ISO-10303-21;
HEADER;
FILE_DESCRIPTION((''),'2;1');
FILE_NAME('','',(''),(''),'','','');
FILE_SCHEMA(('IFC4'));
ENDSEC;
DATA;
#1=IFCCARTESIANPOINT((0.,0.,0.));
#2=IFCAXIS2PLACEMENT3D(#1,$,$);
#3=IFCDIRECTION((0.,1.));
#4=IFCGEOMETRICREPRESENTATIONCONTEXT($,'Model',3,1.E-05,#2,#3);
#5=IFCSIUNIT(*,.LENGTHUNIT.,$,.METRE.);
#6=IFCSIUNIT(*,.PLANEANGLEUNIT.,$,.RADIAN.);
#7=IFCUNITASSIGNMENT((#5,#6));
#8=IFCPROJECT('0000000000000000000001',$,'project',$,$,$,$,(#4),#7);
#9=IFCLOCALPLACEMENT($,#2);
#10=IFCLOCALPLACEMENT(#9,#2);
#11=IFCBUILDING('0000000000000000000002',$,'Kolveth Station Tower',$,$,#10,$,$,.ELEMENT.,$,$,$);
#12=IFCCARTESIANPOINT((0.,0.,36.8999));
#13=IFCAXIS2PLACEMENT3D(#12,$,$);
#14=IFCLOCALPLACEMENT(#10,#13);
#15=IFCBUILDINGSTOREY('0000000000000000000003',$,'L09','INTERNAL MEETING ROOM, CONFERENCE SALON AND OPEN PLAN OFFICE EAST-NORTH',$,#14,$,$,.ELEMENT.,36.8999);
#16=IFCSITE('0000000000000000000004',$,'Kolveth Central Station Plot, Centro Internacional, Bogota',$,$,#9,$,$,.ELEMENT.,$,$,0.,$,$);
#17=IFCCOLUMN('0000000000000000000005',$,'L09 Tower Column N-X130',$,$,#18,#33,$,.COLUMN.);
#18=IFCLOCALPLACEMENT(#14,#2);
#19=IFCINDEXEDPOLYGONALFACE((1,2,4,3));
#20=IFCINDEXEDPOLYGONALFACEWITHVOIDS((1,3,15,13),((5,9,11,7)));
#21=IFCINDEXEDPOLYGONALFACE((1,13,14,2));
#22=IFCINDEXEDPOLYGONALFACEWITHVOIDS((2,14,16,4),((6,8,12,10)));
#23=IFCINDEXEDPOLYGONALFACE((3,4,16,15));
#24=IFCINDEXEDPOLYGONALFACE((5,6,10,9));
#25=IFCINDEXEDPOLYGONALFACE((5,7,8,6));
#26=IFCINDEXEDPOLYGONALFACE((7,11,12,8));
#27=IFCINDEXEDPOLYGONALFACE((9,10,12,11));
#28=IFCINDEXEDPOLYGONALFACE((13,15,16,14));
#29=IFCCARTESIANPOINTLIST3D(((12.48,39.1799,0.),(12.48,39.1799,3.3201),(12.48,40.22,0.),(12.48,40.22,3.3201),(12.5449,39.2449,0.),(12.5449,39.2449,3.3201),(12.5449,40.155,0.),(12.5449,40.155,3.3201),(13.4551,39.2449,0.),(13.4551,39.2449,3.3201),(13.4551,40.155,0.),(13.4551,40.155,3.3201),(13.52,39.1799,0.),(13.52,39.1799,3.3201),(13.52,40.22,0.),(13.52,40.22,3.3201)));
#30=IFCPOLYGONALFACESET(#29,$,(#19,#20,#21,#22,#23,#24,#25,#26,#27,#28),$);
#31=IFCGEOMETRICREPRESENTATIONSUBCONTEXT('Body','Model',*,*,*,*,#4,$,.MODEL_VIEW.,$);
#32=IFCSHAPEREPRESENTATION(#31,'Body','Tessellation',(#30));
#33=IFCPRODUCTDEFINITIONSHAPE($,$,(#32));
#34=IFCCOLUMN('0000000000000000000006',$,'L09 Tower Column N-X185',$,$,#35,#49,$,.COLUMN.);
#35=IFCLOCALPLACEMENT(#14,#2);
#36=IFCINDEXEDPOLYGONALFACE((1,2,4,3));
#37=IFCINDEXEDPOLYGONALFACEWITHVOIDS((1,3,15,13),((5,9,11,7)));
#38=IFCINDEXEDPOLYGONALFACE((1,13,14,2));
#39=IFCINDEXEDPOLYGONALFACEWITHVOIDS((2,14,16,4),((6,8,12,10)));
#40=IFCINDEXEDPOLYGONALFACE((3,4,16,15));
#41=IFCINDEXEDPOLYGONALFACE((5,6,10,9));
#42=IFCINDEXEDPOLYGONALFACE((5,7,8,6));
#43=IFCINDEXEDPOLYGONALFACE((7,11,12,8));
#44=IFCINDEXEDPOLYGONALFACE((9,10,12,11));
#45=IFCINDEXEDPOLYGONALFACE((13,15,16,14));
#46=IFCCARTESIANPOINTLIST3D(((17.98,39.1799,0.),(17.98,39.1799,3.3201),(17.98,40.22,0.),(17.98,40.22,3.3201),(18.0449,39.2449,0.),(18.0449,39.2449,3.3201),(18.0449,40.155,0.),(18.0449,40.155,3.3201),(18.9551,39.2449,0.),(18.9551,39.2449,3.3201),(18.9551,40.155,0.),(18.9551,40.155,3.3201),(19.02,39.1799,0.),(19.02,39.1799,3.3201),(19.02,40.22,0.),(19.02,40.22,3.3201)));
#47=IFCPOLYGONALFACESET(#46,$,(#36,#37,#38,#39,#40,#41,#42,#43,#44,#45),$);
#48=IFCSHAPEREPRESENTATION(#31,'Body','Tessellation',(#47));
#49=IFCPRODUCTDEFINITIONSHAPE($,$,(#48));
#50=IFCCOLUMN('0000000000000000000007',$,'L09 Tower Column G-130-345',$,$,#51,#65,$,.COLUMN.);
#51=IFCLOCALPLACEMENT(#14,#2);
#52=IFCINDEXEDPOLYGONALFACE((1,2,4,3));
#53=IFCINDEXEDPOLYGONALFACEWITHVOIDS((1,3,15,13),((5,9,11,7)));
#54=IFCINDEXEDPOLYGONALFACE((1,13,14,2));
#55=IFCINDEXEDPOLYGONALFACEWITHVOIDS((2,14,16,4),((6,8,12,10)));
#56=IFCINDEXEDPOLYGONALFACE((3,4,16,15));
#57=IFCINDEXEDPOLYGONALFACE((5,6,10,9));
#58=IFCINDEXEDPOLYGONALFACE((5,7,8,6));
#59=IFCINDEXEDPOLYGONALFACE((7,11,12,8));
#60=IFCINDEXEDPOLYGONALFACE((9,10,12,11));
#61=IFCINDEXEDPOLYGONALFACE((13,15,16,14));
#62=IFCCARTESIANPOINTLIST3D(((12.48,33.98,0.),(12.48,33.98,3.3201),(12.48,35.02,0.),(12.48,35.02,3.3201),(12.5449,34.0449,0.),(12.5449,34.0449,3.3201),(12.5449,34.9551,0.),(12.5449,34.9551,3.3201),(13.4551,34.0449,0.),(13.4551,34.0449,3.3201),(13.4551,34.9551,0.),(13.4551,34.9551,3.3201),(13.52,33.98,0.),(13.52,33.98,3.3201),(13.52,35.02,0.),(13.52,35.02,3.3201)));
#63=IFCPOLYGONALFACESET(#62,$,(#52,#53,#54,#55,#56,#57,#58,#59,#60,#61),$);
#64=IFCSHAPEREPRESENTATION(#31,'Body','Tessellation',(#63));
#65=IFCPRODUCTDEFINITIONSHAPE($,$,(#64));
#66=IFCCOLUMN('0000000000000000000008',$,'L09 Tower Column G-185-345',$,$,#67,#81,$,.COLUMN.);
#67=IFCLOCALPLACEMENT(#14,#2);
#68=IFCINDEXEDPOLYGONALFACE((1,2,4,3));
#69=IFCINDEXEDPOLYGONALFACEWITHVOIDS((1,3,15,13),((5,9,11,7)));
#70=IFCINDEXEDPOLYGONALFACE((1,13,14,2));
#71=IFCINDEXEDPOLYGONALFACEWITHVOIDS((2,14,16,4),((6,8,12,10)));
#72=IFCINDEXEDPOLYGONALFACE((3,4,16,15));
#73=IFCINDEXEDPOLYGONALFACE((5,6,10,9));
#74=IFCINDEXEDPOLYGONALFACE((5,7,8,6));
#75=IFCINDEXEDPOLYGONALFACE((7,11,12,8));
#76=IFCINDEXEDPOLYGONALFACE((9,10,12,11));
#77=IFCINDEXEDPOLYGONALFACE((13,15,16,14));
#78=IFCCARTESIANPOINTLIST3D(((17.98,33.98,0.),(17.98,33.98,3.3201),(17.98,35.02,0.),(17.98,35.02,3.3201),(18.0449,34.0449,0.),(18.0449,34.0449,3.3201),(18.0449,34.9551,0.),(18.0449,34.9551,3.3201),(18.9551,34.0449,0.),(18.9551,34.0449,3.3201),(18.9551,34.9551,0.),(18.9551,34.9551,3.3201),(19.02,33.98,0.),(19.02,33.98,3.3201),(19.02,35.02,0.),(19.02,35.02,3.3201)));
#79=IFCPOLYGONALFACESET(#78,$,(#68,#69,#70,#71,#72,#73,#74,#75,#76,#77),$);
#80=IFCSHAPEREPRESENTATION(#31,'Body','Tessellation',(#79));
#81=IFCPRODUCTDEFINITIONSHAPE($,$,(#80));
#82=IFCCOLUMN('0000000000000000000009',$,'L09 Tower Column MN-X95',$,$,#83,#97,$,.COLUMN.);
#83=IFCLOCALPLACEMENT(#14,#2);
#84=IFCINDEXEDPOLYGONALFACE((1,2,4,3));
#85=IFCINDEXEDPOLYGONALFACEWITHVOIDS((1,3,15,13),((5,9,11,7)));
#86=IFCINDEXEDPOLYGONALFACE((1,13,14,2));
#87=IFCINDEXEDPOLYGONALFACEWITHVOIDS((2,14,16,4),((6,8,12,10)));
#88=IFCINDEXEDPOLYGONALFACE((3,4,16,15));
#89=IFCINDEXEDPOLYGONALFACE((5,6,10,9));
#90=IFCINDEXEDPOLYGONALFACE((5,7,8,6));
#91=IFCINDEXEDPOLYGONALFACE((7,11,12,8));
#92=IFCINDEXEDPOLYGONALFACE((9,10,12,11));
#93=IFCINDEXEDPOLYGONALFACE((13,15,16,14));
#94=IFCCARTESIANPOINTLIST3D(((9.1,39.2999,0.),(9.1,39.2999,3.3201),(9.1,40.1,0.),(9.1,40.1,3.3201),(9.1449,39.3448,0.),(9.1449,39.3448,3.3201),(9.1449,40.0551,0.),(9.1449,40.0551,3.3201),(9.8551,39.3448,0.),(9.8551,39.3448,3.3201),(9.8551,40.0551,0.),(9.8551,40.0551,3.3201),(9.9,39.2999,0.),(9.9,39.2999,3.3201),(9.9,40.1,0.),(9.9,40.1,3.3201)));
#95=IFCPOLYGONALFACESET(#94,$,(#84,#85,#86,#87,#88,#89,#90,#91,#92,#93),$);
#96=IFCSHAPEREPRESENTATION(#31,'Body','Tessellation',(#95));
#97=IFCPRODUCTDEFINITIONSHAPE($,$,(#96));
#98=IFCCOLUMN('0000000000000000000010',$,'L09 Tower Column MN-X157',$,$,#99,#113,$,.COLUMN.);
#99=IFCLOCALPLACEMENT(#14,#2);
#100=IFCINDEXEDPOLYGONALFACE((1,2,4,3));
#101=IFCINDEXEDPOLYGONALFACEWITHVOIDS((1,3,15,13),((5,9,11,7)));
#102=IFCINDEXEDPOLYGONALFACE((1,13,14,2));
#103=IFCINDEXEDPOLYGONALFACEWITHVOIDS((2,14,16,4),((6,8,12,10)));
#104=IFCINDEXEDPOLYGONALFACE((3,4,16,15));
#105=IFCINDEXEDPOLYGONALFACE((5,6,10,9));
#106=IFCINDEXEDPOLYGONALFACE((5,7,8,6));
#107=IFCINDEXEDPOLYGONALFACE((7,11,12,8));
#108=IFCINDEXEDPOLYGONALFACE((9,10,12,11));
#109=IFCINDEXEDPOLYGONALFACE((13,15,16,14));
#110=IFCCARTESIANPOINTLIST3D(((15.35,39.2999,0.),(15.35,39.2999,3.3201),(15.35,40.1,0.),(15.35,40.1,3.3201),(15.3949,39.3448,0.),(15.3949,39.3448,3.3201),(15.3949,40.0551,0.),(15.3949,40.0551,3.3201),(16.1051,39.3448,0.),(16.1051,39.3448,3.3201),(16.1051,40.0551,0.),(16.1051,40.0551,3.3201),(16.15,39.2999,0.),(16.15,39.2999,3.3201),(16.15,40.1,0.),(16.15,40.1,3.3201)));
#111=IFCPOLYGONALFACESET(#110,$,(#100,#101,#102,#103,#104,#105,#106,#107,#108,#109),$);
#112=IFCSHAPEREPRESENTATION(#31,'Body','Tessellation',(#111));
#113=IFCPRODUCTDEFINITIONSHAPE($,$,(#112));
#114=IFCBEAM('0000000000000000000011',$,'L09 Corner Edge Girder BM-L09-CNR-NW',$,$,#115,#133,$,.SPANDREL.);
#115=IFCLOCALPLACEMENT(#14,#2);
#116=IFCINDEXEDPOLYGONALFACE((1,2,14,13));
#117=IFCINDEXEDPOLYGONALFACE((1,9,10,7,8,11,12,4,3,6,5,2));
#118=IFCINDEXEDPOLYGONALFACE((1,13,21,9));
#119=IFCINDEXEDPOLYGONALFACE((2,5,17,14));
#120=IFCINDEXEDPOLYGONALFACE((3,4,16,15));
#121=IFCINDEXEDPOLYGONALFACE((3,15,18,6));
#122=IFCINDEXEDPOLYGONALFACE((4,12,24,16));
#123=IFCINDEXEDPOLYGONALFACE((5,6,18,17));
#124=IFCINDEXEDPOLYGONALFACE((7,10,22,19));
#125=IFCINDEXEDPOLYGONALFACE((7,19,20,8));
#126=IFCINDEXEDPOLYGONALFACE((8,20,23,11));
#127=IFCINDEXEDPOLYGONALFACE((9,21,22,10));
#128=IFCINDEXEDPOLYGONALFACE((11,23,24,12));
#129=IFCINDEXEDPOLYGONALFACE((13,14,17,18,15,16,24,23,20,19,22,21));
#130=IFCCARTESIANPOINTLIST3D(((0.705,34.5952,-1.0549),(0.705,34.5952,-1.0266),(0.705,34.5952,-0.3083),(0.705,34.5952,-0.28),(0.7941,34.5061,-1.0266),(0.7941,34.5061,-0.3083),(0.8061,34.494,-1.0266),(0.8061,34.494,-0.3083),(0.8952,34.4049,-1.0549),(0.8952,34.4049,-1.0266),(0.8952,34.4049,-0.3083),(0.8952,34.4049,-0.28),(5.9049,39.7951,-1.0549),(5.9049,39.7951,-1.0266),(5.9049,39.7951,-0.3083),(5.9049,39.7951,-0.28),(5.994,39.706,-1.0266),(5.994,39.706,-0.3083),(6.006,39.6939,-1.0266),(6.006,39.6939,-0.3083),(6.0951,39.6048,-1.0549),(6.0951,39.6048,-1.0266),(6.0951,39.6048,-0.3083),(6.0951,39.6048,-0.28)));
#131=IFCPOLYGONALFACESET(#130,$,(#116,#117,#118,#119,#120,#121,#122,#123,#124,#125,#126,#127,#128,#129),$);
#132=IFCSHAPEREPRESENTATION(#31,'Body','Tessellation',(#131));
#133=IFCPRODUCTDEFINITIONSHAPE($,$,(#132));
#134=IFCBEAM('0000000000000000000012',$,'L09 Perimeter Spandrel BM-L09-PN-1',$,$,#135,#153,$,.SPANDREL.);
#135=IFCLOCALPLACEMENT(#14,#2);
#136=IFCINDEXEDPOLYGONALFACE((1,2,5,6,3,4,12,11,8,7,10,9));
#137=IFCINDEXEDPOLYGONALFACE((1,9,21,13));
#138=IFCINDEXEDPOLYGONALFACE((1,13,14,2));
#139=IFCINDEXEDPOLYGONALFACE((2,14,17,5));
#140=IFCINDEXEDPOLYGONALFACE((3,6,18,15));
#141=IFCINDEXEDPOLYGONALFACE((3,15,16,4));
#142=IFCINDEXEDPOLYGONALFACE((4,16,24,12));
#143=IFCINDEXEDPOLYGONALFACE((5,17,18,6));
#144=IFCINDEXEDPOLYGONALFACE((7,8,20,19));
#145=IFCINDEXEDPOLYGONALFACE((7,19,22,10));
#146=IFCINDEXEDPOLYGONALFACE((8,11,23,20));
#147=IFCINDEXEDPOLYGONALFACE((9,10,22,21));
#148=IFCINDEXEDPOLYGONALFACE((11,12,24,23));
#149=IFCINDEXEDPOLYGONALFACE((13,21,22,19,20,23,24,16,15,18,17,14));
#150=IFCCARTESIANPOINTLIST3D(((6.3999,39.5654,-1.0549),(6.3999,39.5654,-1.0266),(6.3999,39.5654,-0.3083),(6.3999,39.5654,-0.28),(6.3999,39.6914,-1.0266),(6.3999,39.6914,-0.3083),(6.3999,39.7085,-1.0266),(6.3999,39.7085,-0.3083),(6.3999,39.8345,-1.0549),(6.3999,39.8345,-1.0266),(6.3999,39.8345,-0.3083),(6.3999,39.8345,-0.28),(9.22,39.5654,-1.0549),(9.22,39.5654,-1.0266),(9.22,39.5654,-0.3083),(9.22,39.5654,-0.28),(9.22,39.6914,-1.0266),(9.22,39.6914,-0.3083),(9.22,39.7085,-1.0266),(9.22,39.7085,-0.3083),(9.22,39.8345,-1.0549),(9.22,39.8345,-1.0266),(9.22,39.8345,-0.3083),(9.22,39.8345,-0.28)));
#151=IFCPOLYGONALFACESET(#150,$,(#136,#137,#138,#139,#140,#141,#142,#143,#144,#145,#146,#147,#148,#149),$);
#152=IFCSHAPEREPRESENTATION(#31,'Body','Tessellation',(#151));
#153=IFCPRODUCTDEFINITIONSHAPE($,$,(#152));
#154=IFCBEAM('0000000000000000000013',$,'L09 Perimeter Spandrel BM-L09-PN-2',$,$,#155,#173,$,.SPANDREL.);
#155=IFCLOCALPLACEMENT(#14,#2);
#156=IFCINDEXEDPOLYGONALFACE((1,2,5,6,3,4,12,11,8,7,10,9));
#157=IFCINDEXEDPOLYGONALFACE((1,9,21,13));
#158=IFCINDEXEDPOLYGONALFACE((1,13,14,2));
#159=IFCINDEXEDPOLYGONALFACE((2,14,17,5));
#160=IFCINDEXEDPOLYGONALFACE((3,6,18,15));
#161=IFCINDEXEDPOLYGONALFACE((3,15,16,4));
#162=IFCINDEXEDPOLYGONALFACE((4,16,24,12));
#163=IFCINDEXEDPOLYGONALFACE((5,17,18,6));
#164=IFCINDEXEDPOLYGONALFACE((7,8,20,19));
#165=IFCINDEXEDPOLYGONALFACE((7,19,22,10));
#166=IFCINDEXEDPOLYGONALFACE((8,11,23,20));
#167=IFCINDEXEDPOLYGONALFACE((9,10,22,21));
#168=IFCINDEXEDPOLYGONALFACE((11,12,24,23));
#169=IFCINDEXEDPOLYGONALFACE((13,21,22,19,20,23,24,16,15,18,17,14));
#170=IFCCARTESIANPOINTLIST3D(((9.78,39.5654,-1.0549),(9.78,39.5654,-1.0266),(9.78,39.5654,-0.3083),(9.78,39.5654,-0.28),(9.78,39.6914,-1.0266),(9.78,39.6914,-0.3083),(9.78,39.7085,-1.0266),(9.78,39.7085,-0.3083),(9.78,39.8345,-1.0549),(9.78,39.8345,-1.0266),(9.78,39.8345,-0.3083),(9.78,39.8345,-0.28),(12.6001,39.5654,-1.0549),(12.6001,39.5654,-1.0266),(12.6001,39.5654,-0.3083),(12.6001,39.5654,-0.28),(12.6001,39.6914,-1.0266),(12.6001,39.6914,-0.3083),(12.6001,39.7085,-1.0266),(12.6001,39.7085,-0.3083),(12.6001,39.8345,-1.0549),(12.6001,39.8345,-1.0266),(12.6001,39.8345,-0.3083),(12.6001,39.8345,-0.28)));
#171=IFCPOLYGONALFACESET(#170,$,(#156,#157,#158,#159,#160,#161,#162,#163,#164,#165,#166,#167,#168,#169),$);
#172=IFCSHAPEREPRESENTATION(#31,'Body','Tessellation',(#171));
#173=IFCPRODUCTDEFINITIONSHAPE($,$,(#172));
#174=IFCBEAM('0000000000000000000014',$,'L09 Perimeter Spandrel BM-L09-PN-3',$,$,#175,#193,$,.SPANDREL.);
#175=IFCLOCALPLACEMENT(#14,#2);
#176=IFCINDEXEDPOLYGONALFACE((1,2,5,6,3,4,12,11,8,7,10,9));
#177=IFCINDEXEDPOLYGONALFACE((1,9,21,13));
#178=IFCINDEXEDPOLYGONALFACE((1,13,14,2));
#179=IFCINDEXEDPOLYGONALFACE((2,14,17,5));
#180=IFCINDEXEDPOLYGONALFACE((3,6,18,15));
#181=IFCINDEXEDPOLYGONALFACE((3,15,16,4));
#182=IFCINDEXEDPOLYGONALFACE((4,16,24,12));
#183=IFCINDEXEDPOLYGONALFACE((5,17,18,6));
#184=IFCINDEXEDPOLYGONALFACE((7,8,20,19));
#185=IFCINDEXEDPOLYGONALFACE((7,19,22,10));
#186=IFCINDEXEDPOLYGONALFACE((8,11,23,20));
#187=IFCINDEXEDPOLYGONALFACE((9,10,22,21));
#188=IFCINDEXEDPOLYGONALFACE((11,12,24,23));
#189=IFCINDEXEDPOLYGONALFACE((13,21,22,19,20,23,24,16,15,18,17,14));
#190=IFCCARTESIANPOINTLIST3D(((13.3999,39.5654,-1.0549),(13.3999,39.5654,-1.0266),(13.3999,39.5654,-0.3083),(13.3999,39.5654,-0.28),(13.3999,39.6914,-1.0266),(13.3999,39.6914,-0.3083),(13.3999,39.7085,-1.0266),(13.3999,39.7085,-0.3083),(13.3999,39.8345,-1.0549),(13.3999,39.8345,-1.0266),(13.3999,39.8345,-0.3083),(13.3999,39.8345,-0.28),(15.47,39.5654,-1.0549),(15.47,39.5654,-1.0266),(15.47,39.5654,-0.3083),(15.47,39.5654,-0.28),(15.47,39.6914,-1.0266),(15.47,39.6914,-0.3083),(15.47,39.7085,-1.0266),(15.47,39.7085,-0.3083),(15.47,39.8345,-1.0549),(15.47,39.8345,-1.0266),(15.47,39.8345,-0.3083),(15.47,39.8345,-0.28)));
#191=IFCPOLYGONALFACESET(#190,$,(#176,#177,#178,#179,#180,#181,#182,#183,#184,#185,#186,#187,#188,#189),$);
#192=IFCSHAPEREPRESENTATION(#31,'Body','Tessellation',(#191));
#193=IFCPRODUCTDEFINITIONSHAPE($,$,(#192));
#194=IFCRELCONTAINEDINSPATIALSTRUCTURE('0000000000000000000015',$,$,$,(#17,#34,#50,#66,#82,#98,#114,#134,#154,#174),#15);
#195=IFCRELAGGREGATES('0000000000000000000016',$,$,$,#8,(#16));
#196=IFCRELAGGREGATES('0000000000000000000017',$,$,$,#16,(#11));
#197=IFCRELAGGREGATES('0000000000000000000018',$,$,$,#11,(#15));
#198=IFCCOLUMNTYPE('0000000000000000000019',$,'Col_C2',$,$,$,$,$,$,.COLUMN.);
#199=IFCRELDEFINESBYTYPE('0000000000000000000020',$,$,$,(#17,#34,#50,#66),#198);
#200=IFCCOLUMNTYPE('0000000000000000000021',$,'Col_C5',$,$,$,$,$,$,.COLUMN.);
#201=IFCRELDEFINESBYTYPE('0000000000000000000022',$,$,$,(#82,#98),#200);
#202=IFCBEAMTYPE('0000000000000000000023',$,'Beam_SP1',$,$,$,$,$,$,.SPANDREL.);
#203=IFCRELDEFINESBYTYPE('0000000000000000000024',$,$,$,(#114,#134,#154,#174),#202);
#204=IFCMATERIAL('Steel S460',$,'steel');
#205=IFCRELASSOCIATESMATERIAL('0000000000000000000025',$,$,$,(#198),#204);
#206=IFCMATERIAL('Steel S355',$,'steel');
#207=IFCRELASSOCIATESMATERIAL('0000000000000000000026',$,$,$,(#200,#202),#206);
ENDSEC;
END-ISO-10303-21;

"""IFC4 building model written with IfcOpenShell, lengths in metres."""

from ifc_helpers import new_model, si_unit, direction, frame, origin, origin_2d, place, context, subcontext, project, spatial, hollow_rectangle, i_section, extrude, source, transform, mapped, material, material_profile, profile_set, type_object, element, save


model = new_model("IFC4")

# Units and contexts
model_context = context("Model", 3, precision=1e-05, world=origin(), true_north=direction((0.0, 1.0)))
body_context = subcontext(model_context, "Body", "Model", "MODEL_VIEW")
ifc_project = project(units=[si_unit("LENGTHUNIT", "METRE"), si_unit("PLANEANGLEUNIT", "RADIAN")], contexts=[model_context])

# Site, building, storey
site_placement = place(None, origin())
site = spatial("IfcSite", under=ifc_project, at=site_placement, Name="Kolveth Central Station Plot, Centro Internacional, Bogota", CompositionType="ELEMENT", RefElevation=0.0)
building_placement = place(site_placement, origin())
building = spatial("IfcBuilding", under=site, at=building_placement, Name="Kolveth Station Tower", CompositionType="ELEMENT")
storey_placement = place(building_placement, frame((0.0, 0.0, 36.8999)))
storey = spatial("IfcBuildingStorey", under=building, at=storey_placement, Name="L09", Description="INTERNAL MEETING ROOM, CONFERENCE SALON AND OPEN PLAN OFFICE EAST-NORTH", CompositionType="ELEMENT", Elevation=36.8999)

# Columns
ifc_material_1 = material(Name="Steel S460", Category="steel")
ifc_material_profile_1 = material_profile(ifc_material_1, hollow_rectangle(XDim=1.04, YDim=1.04, WallThickness=0.0649, at=origin_2d()), Name="BOX1040x1040x65")
ifc_profile_set_1 = profile_set([ifc_material_profile_1], Name="Steel S460")
column_type_1 = type_object("IfcColumnType", Name="Col_C2", PredefinedType="COLUMN", material=ifc_profile_set_1)
shared_shape_1 = source(origin(), body_context, "Body", "SweptSolid", [
    extrude(hollow_rectangle(XDim=1.04, YDim=1.04, WallThickness=0.0649, at=origin_2d()), origin(), (0.0, 0.0, 1.0), 3.3201),
])
for number, where, z_axis, x_axis, name in (
    (1, (13.0, 39.7, 0.0), (0.0, 0.0, 1.0), (1.0, 0.0, 0.0), "L09 Tower Column N-X130"),
    (2, (18.5, 39.7, 0.0), (0.0, 0.0, 1.0), (1.0, 0.0, 0.0), "L09 Tower Column N-X185"),
    (3, (13.0, 34.5, 0.0), (0.0, 0.0, 1.0), (1.0, 0.0, 0.0), "L09 Tower Column G-130-345"),
    (4, (18.5, 34.5, 0.0), (0.0, 0.0, 1.0), (1.0, 0.0, 0.0), "L09 Tower Column G-185-345"),
):
    element("IfcColumn", number, at=place(storey_placement, frame(where, z_axis=z_axis, x_axis=x_axis)), inside=storey, type_object=column_type_1, Name=name, PredefinedType="COLUMN", context=body_context, shape_type="MappedRepresentation", body=[
        mapped(shared_shape_1, transform((0.0, 0.0, 0.0), x_axis=(1.0, 0.0, 0.0), y_axis=(0.0, 1.0, 0.0), z_axis=(0.0, 0.0, 1.0), scale=1.0)),
    ])
ifc_material_2 = material(Name="Steel S355", Category="steel")
ifc_material_profile_2 = material_profile(ifc_material_2, hollow_rectangle(XDim=0.8, YDim=0.8, WallThickness=0.0449, at=origin_2d()), Name="BOX800x800x45")
ifc_profile_set_2 = profile_set([ifc_material_profile_2], Name="Steel S355")
column_type_2 = type_object("IfcColumnType", Name="Col_C5", PredefinedType="COLUMN", material=ifc_profile_set_2)
shared_shape_2 = source(origin(), body_context, "Body", "SweptSolid", [
    extrude(hollow_rectangle(XDim=0.8, YDim=0.8, WallThickness=0.0449, at=origin_2d()), origin(), (0.0, 0.0, 1.0), 3.3201),
])
for number, where, z_axis, x_axis, name in (
    (5, (9.5, 39.7, 0.0), (0.0, 0.0, 1.0), (1.0, 0.0, 0.0), "L09 Tower Column MN-X95"),
    (6, (15.75, 39.7, 0.0), (0.0, 0.0, 1.0), (1.0, 0.0, 0.0), "L09 Tower Column MN-X157"),
):
    element("IfcColumn", number, at=place(storey_placement, frame(where, z_axis=z_axis, x_axis=x_axis)), inside=storey, type_object=column_type_2, Name=name, PredefinedType="COLUMN", context=body_context, shape_type="MappedRepresentation", body=[
        mapped(shared_shape_2, transform((0.0, 0.0, 0.0), x_axis=(1.0, 0.0, 0.0), y_axis=(0.0, 1.0, 0.0), z_axis=(0.0, 0.0, 1.0), scale=1.0)),
    ])

# Beams
ifc_material_profile_3 = material_profile(ifc_material_2, i_section(OverallWidth=0.269, OverallDepth=0.7749, WebThickness=0.0171, FlangeThickness=0.0283, at=origin_2d()), Name="W760x220")
ifc_profile_set_3 = profile_set([ifc_material_profile_3], Name="Steel S355")
beam_type_1 = type_object("IfcBeamType", Name="Beam_SP1", PredefinedType="SPANDREL", material=ifc_profile_set_3)
shared_shape_3 = source(origin(), body_context, "Body", "SweptSolid", [
    extrude(i_section(OverallWidth=0.269, OverallDepth=0.7749, WebThickness=0.0171, FlangeThickness=0.0283, at=origin_2d()), origin(), (0.0, 0.0, 1.0), 7.3538),
])
beam_1_placement = place(storey_placement, frame((6.0, 39.7, -0.6675), z_axis=(-0.707107, -0.707107, 0.0), x_axis=(0.707107, -0.707107, 0.0)))
element("IfcBeam", 7, at=beam_1_placement, inside=storey, type_object=beam_type_1, Name="L09 Corner Edge Girder BM-L09-CNR-NW", PredefinedType="SPANDREL", context=body_context, shape_type="MappedRepresentation", body=[
    mapped(shared_shape_3, transform((0.0, 0.0, 0.0), x_axis=(1.0, 0.0, 0.0), y_axis=(0.0, 1.0, 0.0), z_axis=(0.0, 0.0, 1.0), scale=1.0)),
])
shared_shape_4 = source(origin(), body_context, "Body", "SweptSolid", [
    extrude(i_section(OverallWidth=0.269, OverallDepth=0.7749, WebThickness=0.0171, FlangeThickness=0.0283, at=origin_2d()), origin(), (0.0, 0.0, 1.0), 2.8201),
])
for number, where, z_axis, x_axis, name in (
    (8, (6.3999, 39.7, -0.6675), (1.0, 0.0, 0.0), (0.0, 1.0, 0.0), "L09 Perimeter Spandrel BM-L09-PN-1"),
    (9, (9.78, 39.7, -0.6675), (1.0, 0.0, 0.0), (0.0, 1.0, 0.0), "L09 Perimeter Spandrel BM-L09-PN-2"),
):
    element("IfcBeam", number, at=place(storey_placement, frame(where, z_axis=z_axis, x_axis=x_axis)), inside=storey, type_object=beam_type_1, Name=name, PredefinedType="SPANDREL", context=body_context, shape_type="MappedRepresentation", body=[
        mapped(shared_shape_4, transform((0.0, 0.0, 0.0), x_axis=(1.0, 0.0, 0.0), y_axis=(0.0, 1.0, 0.0), z_axis=(0.0, 0.0, 1.0), scale=1.0)),
    ])
shared_shape_5 = source(origin(), body_context, "Body", "SweptSolid", [
    extrude(i_section(OverallWidth=0.269, OverallDepth=0.7749, WebThickness=0.0171, FlangeThickness=0.0283, at=origin_2d()), origin(), (0.0, 0.0, 1.0), 2.0701),
])
for number, where, z_axis, x_axis, name in (
    (10, (13.3999, 39.7, -0.6675), (1.0, 0.0, 0.0), (0.0, 1.0, 0.0), "L09 Perimeter Spandrel BM-L09-PN-3"),
):
    element("IfcBeam", number, at=place(storey_placement, frame(where, z_axis=z_axis, x_axis=x_axis)), inside=storey, type_object=beam_type_1, Name=name, PredefinedType="SPANDREL", context=body_context, shape_type="MappedRepresentation", body=[
        mapped(shared_shape_5, transform((0.0, 0.0, 0.0), x_axis=(1.0, 0.0, 0.0), y_axis=(0.0, 1.0, 0.0), z_axis=(0.0, 0.0, 1.0), scale=1.0)),
    ])

save(model, "model.ifc")
